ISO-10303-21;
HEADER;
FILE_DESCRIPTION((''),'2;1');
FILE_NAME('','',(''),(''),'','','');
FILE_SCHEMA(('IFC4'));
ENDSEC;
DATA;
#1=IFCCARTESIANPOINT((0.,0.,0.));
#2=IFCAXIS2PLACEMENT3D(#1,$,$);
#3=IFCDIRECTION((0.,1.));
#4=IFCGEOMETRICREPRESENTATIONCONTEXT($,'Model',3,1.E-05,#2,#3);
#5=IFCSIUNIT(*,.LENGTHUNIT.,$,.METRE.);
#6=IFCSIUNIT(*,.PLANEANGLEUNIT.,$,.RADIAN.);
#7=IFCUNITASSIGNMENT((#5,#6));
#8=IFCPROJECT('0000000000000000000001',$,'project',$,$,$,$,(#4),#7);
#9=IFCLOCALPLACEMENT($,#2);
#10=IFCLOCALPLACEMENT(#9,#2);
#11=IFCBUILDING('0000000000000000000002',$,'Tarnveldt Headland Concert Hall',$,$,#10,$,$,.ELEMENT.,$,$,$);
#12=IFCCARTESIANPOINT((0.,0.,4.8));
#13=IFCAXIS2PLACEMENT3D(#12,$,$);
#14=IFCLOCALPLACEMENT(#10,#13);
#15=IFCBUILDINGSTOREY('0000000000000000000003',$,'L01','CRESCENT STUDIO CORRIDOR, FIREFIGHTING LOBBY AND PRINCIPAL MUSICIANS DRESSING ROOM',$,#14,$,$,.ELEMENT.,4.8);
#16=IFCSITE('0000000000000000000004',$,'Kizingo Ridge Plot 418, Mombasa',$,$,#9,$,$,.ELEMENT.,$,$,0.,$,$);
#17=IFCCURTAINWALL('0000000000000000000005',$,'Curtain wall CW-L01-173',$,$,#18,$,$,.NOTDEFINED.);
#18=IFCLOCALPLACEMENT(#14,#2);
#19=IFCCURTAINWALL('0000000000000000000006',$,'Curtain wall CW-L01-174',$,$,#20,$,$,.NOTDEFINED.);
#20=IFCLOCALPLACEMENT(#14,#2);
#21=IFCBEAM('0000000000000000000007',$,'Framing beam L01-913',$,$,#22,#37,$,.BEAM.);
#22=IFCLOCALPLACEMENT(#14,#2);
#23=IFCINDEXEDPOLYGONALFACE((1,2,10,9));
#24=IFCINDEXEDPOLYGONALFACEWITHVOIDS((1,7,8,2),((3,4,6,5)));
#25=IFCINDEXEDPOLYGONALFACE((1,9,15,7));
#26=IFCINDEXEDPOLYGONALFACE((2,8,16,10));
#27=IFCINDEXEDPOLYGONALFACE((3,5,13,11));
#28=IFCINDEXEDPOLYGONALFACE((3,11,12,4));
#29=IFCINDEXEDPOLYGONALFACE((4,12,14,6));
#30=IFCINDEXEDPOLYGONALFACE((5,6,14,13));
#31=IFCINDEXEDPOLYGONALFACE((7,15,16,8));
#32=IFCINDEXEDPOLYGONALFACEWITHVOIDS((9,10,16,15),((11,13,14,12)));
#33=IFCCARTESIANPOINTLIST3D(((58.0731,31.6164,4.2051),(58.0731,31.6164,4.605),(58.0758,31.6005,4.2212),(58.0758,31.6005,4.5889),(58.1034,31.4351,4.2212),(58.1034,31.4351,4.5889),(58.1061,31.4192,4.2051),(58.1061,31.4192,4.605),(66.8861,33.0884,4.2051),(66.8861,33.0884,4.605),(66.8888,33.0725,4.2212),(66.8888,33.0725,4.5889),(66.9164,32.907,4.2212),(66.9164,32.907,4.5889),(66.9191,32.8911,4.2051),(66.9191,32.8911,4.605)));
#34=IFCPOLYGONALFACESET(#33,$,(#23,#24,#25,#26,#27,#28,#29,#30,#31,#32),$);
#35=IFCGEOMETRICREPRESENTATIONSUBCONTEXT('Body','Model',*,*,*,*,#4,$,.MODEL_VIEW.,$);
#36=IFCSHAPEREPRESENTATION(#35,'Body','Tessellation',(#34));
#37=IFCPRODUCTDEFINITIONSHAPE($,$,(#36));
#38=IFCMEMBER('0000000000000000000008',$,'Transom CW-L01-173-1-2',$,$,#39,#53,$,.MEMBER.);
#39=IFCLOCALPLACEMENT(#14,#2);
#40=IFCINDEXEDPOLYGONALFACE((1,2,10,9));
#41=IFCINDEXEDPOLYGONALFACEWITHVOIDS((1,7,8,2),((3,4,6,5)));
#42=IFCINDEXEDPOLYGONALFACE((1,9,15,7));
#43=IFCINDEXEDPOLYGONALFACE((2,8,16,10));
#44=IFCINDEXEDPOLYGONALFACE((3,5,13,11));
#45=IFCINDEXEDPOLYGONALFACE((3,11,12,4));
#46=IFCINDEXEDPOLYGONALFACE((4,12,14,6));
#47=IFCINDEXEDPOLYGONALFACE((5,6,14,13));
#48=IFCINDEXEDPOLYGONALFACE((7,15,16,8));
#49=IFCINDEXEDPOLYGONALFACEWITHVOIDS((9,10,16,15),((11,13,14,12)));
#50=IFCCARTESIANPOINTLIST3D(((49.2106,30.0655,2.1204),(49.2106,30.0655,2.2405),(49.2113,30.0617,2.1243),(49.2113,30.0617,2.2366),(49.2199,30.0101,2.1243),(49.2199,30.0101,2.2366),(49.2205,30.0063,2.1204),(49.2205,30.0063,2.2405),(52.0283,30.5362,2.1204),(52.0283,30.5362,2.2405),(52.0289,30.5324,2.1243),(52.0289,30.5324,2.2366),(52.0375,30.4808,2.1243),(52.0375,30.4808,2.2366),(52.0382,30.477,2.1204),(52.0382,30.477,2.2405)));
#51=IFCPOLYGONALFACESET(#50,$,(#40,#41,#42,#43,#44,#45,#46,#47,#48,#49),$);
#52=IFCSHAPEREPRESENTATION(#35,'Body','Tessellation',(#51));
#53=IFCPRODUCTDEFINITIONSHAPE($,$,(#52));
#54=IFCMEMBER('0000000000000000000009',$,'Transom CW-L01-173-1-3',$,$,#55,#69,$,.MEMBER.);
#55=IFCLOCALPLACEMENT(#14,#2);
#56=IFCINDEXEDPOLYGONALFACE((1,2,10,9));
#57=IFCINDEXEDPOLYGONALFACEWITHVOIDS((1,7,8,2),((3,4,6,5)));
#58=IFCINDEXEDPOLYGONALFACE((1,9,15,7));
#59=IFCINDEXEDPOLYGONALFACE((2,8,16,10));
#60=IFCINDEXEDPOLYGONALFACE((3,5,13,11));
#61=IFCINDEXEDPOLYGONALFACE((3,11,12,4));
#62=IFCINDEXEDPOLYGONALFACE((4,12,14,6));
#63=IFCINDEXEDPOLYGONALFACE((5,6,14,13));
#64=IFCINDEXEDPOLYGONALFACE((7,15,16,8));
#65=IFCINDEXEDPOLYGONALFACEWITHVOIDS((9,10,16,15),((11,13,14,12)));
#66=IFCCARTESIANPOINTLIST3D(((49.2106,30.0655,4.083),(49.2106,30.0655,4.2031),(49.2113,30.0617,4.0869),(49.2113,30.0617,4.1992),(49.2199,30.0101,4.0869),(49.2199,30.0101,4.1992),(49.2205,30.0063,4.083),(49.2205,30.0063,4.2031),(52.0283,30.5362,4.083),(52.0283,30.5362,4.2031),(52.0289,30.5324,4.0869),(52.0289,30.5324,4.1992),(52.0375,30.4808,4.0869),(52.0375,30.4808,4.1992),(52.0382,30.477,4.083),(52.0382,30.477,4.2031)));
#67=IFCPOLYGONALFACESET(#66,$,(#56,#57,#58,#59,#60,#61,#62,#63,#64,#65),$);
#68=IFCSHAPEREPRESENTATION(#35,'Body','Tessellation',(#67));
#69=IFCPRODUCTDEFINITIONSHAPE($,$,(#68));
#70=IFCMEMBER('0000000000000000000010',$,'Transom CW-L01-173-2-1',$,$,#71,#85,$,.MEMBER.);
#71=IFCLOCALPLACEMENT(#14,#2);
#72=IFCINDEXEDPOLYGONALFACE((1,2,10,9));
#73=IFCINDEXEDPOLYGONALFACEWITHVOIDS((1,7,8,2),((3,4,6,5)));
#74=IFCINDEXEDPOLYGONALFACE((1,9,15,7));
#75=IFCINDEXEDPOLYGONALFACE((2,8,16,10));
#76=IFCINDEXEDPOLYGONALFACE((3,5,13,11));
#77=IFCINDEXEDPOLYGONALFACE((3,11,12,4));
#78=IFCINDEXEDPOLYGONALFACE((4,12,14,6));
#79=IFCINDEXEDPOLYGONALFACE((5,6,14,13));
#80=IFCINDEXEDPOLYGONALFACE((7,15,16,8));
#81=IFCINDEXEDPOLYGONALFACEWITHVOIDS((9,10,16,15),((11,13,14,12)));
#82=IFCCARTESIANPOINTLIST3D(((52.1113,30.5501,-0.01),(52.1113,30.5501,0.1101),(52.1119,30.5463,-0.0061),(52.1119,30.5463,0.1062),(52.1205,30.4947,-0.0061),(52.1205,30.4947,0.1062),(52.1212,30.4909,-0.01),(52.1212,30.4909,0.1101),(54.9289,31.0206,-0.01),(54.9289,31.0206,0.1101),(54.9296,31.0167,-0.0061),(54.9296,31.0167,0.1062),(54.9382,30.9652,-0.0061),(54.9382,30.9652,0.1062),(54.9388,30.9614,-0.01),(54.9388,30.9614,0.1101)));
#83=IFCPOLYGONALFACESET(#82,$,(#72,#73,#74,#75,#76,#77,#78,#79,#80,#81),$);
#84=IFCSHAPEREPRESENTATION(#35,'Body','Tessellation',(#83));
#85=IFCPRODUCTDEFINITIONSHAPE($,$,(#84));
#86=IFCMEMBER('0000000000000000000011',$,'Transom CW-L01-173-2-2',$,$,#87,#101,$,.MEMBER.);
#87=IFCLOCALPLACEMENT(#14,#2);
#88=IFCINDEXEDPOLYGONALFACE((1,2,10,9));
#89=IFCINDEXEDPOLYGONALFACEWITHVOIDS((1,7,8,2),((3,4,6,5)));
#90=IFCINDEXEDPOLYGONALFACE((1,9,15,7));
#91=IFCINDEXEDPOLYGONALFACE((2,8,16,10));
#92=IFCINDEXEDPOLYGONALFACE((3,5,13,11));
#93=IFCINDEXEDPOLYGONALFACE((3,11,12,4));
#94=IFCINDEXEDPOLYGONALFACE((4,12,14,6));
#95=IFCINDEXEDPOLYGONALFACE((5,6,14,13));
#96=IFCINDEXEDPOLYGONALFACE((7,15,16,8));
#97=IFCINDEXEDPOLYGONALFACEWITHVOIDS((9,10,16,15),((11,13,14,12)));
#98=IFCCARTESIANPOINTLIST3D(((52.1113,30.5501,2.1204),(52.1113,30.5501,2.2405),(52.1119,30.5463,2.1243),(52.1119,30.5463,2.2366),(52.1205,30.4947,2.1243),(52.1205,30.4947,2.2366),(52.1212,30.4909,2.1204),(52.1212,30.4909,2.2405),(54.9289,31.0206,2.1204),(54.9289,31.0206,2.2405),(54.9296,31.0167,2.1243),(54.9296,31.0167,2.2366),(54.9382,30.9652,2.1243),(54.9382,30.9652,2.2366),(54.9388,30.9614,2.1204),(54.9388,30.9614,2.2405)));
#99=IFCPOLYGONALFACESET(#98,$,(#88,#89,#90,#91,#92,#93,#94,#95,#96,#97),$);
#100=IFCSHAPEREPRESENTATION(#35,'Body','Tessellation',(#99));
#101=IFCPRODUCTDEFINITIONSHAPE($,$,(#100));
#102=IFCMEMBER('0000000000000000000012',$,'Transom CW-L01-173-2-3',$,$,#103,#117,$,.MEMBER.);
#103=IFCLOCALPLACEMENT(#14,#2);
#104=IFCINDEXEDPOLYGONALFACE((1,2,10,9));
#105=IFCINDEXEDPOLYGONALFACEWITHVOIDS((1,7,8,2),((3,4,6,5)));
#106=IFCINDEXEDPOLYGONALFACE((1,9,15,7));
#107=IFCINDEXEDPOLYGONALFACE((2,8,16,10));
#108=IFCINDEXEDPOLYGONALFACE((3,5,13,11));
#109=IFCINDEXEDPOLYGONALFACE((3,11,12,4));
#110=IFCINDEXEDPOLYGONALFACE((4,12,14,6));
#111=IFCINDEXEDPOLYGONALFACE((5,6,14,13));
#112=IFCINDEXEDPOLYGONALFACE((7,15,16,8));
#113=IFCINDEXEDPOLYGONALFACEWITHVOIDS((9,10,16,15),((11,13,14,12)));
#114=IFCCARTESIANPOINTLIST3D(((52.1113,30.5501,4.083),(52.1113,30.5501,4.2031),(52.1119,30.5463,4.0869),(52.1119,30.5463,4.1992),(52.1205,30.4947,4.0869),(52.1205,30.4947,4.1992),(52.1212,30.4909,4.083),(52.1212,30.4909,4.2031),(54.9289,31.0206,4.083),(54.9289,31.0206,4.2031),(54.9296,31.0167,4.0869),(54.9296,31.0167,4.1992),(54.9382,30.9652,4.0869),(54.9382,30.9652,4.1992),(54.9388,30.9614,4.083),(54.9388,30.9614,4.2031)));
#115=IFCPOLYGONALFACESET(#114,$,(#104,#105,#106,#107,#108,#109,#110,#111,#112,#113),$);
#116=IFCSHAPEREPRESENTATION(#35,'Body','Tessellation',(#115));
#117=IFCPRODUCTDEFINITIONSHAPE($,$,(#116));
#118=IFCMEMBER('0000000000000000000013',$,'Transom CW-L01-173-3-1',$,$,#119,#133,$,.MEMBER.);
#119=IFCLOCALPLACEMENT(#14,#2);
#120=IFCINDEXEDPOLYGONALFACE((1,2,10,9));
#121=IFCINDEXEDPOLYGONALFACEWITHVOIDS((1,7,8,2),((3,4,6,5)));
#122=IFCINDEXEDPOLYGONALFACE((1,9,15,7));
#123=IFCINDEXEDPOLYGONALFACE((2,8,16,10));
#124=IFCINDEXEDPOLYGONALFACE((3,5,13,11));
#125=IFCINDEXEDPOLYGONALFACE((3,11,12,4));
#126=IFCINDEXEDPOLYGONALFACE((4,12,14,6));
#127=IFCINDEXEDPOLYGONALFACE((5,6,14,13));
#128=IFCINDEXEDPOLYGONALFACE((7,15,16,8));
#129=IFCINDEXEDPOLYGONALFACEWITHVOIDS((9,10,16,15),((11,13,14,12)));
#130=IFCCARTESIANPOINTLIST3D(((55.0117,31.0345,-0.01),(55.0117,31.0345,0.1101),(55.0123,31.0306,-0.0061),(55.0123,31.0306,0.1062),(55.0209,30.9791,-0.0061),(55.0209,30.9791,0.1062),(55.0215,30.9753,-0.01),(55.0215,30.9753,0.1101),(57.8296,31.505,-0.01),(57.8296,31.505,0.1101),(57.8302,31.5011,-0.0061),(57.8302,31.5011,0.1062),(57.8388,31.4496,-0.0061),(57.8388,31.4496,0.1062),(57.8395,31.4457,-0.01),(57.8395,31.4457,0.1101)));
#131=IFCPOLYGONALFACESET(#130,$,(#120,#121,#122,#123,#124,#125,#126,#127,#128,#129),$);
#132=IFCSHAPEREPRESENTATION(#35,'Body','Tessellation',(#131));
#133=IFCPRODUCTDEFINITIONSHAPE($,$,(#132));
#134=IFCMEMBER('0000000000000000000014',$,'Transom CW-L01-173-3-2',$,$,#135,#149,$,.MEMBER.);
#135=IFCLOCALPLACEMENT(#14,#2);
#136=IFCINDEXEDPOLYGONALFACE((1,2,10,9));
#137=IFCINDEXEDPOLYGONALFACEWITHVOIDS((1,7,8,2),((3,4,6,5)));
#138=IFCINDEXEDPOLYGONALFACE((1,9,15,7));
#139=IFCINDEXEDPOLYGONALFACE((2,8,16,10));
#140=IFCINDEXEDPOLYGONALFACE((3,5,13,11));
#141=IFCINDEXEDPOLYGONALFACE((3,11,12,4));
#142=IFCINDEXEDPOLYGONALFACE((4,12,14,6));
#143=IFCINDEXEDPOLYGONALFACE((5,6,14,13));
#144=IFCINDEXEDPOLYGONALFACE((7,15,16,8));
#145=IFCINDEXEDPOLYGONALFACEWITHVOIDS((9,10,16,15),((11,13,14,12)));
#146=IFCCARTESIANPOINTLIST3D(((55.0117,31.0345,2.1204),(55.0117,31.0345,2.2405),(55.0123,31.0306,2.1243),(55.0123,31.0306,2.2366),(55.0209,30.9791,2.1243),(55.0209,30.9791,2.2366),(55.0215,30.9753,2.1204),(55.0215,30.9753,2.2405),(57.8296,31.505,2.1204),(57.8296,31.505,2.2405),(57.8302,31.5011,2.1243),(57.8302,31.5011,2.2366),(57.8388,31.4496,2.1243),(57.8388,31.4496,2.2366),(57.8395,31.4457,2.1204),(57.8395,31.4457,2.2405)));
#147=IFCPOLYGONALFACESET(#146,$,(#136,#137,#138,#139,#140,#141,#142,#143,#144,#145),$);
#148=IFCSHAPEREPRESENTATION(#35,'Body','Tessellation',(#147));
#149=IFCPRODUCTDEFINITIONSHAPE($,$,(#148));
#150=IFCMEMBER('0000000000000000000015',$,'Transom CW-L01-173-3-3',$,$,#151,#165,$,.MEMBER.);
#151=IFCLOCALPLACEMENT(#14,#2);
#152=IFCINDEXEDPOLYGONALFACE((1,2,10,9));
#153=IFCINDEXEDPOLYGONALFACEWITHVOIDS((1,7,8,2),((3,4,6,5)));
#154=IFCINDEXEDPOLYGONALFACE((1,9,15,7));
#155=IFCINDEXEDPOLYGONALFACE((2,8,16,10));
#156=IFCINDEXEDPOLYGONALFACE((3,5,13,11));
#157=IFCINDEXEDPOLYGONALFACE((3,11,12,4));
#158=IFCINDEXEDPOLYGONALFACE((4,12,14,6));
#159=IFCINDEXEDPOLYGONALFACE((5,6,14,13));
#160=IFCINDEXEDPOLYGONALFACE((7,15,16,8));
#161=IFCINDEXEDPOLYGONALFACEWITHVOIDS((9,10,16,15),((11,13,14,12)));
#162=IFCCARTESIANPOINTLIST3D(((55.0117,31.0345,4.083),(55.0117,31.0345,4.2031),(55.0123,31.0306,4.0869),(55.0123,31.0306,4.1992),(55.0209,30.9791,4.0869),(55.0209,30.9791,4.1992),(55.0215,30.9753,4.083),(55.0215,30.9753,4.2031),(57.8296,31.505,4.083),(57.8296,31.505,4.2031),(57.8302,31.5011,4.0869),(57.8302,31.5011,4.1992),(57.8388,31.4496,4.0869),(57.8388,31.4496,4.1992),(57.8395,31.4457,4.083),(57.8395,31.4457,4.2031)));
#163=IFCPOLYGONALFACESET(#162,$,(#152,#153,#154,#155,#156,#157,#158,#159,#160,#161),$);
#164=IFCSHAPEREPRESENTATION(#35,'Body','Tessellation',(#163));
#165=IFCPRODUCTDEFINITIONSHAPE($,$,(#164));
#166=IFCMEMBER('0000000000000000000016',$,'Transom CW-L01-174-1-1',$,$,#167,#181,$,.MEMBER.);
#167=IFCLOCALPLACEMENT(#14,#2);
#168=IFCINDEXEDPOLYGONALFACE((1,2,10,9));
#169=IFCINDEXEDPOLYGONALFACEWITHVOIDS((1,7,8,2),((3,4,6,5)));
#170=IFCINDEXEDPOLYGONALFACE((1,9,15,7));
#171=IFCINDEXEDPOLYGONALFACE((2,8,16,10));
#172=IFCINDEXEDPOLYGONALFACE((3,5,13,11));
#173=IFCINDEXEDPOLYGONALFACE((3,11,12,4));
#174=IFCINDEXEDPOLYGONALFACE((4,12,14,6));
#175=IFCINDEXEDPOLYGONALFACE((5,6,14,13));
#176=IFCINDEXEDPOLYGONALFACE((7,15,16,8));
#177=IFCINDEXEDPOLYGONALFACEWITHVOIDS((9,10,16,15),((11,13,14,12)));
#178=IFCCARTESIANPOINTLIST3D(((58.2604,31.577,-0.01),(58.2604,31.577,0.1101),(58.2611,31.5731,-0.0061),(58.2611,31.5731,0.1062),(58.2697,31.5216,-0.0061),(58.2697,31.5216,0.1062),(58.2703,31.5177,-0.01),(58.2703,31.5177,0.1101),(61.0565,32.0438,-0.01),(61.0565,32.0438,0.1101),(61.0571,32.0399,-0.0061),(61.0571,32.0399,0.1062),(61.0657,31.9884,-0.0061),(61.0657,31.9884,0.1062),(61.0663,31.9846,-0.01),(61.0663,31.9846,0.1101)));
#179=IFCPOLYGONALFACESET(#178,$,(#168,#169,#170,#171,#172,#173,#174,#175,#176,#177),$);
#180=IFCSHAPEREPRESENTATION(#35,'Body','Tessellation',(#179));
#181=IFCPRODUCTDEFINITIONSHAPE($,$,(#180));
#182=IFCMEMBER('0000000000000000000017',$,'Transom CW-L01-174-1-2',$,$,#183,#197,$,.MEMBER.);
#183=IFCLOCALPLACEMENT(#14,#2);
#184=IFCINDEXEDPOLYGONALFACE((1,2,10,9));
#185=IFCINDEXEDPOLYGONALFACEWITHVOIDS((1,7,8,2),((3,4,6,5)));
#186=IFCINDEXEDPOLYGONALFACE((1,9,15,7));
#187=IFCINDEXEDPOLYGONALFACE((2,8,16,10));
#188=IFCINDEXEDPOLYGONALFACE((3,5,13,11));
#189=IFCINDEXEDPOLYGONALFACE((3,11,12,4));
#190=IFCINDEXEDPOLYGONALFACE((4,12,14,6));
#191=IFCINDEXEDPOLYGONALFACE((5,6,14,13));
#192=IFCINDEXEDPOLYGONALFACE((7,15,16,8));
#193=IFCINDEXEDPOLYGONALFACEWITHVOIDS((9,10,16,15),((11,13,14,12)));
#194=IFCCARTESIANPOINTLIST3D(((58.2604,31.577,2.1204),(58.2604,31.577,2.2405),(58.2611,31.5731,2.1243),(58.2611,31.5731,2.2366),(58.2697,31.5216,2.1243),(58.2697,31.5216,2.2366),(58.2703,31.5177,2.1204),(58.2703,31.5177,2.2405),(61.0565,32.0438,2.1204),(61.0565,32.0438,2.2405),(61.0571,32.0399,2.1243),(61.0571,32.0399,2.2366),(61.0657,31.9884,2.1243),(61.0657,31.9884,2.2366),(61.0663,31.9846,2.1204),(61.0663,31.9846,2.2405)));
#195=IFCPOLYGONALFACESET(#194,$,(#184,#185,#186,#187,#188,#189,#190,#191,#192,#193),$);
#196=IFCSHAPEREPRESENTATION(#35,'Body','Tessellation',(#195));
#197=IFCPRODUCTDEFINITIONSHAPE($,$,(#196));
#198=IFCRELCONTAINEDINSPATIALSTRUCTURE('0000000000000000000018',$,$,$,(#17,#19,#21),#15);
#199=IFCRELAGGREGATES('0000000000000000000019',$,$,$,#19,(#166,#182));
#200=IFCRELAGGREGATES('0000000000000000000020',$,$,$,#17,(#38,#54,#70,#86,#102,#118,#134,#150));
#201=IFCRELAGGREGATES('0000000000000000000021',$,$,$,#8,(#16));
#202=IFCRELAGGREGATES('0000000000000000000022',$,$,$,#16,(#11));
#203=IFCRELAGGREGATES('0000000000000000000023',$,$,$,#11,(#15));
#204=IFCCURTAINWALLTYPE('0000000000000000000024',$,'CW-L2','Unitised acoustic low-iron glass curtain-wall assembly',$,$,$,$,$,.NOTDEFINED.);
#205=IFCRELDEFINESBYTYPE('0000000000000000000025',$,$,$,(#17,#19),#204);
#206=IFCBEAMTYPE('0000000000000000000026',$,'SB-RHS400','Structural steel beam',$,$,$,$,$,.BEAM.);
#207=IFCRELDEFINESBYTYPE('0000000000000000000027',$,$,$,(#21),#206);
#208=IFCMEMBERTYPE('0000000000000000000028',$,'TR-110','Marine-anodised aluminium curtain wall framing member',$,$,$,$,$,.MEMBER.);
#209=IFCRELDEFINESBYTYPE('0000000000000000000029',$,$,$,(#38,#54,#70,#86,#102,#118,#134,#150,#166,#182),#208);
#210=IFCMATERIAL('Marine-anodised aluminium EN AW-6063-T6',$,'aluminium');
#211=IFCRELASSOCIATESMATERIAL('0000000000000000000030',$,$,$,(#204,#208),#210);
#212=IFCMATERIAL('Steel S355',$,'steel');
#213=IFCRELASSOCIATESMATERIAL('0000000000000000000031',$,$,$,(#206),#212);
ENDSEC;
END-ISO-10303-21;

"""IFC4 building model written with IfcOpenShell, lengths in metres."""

from ifc_helpers import new_model, si_unit, direction, frame, origin, origin_2d, place, context, subcontext, project, spatial, hollow_rectangle, extrude, material, material_profile, profile_set, type_object, element, aggregate, save


model = new_model("IFC4")

# Units and contexts
model_context = context("Model", 3, precision=1e-05, world=origin(), true_north=direction((0.0, 1.0)))
body_context = subcontext(model_context, "Body", "Model", "MODEL_VIEW")
ifc_project = project(units=[si_unit("LENGTHUNIT", "METRE"), si_unit("PLANEANGLEUNIT", "RADIAN")], contexts=[model_context])

# Site, building, storey
site_placement = place(None, origin())
site = spatial("IfcSite", under=ifc_project, at=site_placement, Name="Kizingo Ridge Plot 418, Mombasa", CompositionType="ELEMENT", RefElevation=0.0)
building_placement = place(site_placement, origin())
building = spatial("IfcBuilding", under=site, at=building_placement, Name="Tarnveldt Headland Concert Hall", CompositionType="ELEMENT")
storey_placement = place(building_placement, frame((0.0, 0.0, 4.8)))
storey = spatial("IfcBuildingStorey", under=building, at=storey_placement, Name="L01", Description="CRESCENT STUDIO CORRIDOR, FIREFIGHTING LOBBY AND PRINCIPAL MUSICIANS DRESSING ROOM", CompositionType="ELEMENT", Elevation=4.8)

# Shared definitions
ifc_material_1 = material(Name="Steel S355", Category="steel")

# Curtain wall
ifc_material_2 = material(Name="Marine-anodised aluminium EN AW-6063-T6", Category="aluminium")
curtain_wall_type = type_object("IfcCurtainWallType", Name="CW-L2", Description="Unitised acoustic low-iron glass curtain-wall assembly", PredefinedType="NOTDEFINED", material=ifc_material_2)
curtain_wall_1_placement = place(storey_placement, origin())
curtain_wall_1 = element("IfcCurtainWall", 1, at=curtain_wall_1_placement, inside=storey, type_object=curtain_wall_type, Name="Curtain wall CW-L01-173", PredefinedType="NOTDEFINED")

# Curtain wall
curtain_wall_2_placement = place(storey_placement, origin())
curtain_wall_2 = element("IfcCurtainWall", 2, at=curtain_wall_2_placement, inside=storey, type_object=curtain_wall_type, Name="Curtain wall CW-L01-174", PredefinedType="NOTDEFINED")

# Beam
ifc_material_profile_1 = material_profile(ifc_material_1, hollow_rectangle(XDim=0.2, YDim=0.3999, WallThickness=0.0161, at=origin_2d()), Name="RHS 400x200x16", Category="steel")
ifc_profile_set_1 = profile_set([ifc_material_profile_1], Name="Steel S355")
beam_type_1 = type_object("IfcBeamType", Name="SB-RHS400", Description="Structural steel beam", PredefinedType="BEAM", material=ifc_profile_set_1)
beam_1_placement = place(storey_placement, frame((58.0896, 31.5178, 4.405), z_axis=(0.986338, 0.164736, 0.0), x_axis=(-0.164736, 0.986338, 0.0)))
element("IfcBeam", 3, at=beam_1_placement, inside=storey, type_object=beam_type_1, Name="Framing beam L01-913", PredefinedType="BEAM", context=body_context, shape_type="SweptSolid", body=[
    extrude(hollow_rectangle(XDim=0.2, YDim=0.3999, WallThickness=0.0161, at=origin_2d()), origin(), (0.0, 0.0, 1.0), 8.9351),
])

# Members
ifc_material_profile_2 = material_profile(ifc_material_2, hollow_rectangle(XDim=0.0601, YDim=0.1201, WallThickness=0.0039, at=origin_2d()), Name="ALU TRANSOM 60x120x4", Category="aluminium")
ifc_profile_set_2 = profile_set([ifc_material_profile_2], Name="Marine-anodised aluminium EN AW-6063-T6")
member_type_1 = type_object("IfcMemberType", Name="TR-110", Description="Marine-anodised aluminium curtain wall framing member", PredefinedType="MEMBER", material=ifc_profile_set_2)
member_1_placement = place(storey_placement, frame((49.2156, 30.0359, 2.1804), z_axis=(0.986331, 0.164773, 0.0), x_axis=(-0.164773, 0.986331, 0.0)))
member_1 = element("IfcMember", 4, at=member_1_placement, type_object=member_type_1, Name="Transom CW-L01-173-1-2", PredefinedType="MEMBER", context=body_context, shape_type="SweptSolid", body=[
    extrude(hollow_rectangle(XDim=0.0601, YDim=0.1201, WallThickness=0.0039, at=origin_2d()), origin(), (0.0, 0.0, 1.0), 2.8567),
])
member_2_placement = place(storey_placement, frame((49.2156, 30.0359, 4.1431), z_axis=(0.986331, 0.164773, 0.0), x_axis=(-0.164773, 0.986331, 0.0)))
member_2 = element("IfcMember", 5, at=member_2_placement, type_object=member_type_1, Name="Transom CW-L01-173-1-3", PredefinedType="MEMBER", context=body_context, shape_type="SweptSolid", body=[
    extrude(hollow_rectangle(XDim=0.0601, YDim=0.1201, WallThickness=0.0039, at=origin_2d()), origin(), (0.0, 0.0, 1.0), 2.8567),
])
member_3_placement = place(storey_placement, frame((52.1162, 30.5205, 0.05), z_axis=(0.986345, 0.16469, 0.0), x_axis=(-0.16469, 0.986345, 0.0)))
member_3 = element("IfcMember", 6, at=member_3_placement, type_object=member_type_1, Name="Transom CW-L01-173-2-1", PredefinedType="MEMBER", context=body_context, shape_type="SweptSolid", body=[
    extrude(hollow_rectangle(XDim=0.0601, YDim=0.1201, WallThickness=0.0039, at=origin_2d()), origin(), (0.0, 0.0, 1.0), 2.8567),
])
member_4_placement = place(storey_placement, frame((52.1162, 30.5205, 2.1804), z_axis=(0.986345, 0.16469, 0.0), x_axis=(-0.16469, 0.986345, 0.0)))
member_4 = element("IfcMember", 7, at=member_4_placement, type_object=member_type_1, Name="Transom CW-L01-173-2-2", PredefinedType="MEMBER", context=body_context, shape_type="SweptSolid", body=[
    extrude(hollow_rectangle(XDim=0.0601, YDim=0.1201, WallThickness=0.0039, at=origin_2d()), origin(), (0.0, 0.0, 1.0), 2.8567),
])
member_5_placement = place(storey_placement, frame((52.1162, 30.5205, 4.1431), z_axis=(0.986345, 0.16469, 0.0), x_axis=(-0.16469, 0.986345, 0.0)))
member_5 = element("IfcMember", 8, at=member_5_placement, type_object=member_type_1, Name="Transom CW-L01-173-2-3", PredefinedType="MEMBER", context=body_context, shape_type="SweptSolid", body=[
    extrude(hollow_rectangle(XDim=0.0601, YDim=0.1201, WallThickness=0.0039, at=origin_2d()), origin(), (0.0, 0.0, 1.0), 2.8567),
])
member_6_placement = place(storey_placement, frame((55.0166, 31.0049, 0.05), z_axis=(0.986348, 0.164676, 0.0), x_axis=(-0.164676, 0.986348, 0.0)))
member_6 = element("IfcMember", 9, at=member_6_placement, type_object=member_type_1, Name="Transom CW-L01-173-3-1", PredefinedType="MEMBER", context=body_context, shape_type="SweptSolid", body=[
    extrude(hollow_rectangle(XDim=0.0601, YDim=0.1201, WallThickness=0.0039, at=origin_2d()), origin(), (0.0, 0.0, 1.0), 2.8569),
])
member_7_placement = place(storey_placement, frame((55.0166, 31.0049, 2.1804), z_axis=(0.986348, 0.164676, 0.0), x_axis=(-0.164676, 0.986348, 0.0)))
member_7 = element("IfcMember", 10, at=member_7_placement, type_object=member_type_1, Name="Transom CW-L01-173-3-2", PredefinedType="MEMBER", context=body_context, shape_type="SweptSolid", body=[
    extrude(hollow_rectangle(XDim=0.0601, YDim=0.1201, WallThickness=0.0039, at=origin_2d()), origin(), (0.0, 0.0, 1.0), 2.8569),
])
member_8_placement = place(storey_placement, frame((55.0166, 31.0049, 4.1431), z_axis=(0.986348, 0.164676, 0.0), x_axis=(-0.164676, 0.986348, 0.0)))
member_8 = element("IfcMember", 11, at=member_8_placement, type_object=member_type_1, Name="Transom CW-L01-173-3-3", PredefinedType="MEMBER", context=body_context, shape_type="SweptSolid", body=[
    extrude(hollow_rectangle(XDim=0.0601, YDim=0.1201, WallThickness=0.0039, at=origin_2d()), origin(), (0.0, 0.0, 1.0), 2.8569),
])
member_9_placement = place(storey_placement, frame((58.2654, 31.5474, 0.05), z_axis=(0.986347, 0.164678, 0.0), x_axis=(-0.164678, 0.986347, 0.0)))
member_9 = element("IfcMember", 12, at=member_9_placement, type_object=member_type_1, Name="Transom CW-L01-174-1-1", PredefinedType="MEMBER", context=body_context, shape_type="SweptSolid", body=[
    extrude(hollow_rectangle(XDim=0.0601, YDim=0.1201, WallThickness=0.0039, at=origin_2d()), origin(), (0.0, 0.0, 1.0), 2.8347),
])
member_10_placement = place(storey_placement, frame((58.2654, 31.5474, 2.1804), z_axis=(0.986347, 0.164678, 0.0), x_axis=(-0.164678, 0.986347, 0.0)))
member_10 = element("IfcMember", 13, at=member_10_placement, type_object=member_type_1, Name="Transom CW-L01-174-1-2", PredefinedType="MEMBER", context=body_context, shape_type="SweptSolid", body=[
    extrude(hollow_rectangle(XDim=0.0601, YDim=0.1201, WallThickness=0.0039, at=origin_2d()), origin(), (0.0, 0.0, 1.0), 2.8347),
])
aggregate(curtain_wall_2, [member_9, member_10])

aggregate(curtain_wall_1, [member_1, member_2, member_3, member_4, member_5, member_6, member_7, member_8])

save(model, "model.ifc")
